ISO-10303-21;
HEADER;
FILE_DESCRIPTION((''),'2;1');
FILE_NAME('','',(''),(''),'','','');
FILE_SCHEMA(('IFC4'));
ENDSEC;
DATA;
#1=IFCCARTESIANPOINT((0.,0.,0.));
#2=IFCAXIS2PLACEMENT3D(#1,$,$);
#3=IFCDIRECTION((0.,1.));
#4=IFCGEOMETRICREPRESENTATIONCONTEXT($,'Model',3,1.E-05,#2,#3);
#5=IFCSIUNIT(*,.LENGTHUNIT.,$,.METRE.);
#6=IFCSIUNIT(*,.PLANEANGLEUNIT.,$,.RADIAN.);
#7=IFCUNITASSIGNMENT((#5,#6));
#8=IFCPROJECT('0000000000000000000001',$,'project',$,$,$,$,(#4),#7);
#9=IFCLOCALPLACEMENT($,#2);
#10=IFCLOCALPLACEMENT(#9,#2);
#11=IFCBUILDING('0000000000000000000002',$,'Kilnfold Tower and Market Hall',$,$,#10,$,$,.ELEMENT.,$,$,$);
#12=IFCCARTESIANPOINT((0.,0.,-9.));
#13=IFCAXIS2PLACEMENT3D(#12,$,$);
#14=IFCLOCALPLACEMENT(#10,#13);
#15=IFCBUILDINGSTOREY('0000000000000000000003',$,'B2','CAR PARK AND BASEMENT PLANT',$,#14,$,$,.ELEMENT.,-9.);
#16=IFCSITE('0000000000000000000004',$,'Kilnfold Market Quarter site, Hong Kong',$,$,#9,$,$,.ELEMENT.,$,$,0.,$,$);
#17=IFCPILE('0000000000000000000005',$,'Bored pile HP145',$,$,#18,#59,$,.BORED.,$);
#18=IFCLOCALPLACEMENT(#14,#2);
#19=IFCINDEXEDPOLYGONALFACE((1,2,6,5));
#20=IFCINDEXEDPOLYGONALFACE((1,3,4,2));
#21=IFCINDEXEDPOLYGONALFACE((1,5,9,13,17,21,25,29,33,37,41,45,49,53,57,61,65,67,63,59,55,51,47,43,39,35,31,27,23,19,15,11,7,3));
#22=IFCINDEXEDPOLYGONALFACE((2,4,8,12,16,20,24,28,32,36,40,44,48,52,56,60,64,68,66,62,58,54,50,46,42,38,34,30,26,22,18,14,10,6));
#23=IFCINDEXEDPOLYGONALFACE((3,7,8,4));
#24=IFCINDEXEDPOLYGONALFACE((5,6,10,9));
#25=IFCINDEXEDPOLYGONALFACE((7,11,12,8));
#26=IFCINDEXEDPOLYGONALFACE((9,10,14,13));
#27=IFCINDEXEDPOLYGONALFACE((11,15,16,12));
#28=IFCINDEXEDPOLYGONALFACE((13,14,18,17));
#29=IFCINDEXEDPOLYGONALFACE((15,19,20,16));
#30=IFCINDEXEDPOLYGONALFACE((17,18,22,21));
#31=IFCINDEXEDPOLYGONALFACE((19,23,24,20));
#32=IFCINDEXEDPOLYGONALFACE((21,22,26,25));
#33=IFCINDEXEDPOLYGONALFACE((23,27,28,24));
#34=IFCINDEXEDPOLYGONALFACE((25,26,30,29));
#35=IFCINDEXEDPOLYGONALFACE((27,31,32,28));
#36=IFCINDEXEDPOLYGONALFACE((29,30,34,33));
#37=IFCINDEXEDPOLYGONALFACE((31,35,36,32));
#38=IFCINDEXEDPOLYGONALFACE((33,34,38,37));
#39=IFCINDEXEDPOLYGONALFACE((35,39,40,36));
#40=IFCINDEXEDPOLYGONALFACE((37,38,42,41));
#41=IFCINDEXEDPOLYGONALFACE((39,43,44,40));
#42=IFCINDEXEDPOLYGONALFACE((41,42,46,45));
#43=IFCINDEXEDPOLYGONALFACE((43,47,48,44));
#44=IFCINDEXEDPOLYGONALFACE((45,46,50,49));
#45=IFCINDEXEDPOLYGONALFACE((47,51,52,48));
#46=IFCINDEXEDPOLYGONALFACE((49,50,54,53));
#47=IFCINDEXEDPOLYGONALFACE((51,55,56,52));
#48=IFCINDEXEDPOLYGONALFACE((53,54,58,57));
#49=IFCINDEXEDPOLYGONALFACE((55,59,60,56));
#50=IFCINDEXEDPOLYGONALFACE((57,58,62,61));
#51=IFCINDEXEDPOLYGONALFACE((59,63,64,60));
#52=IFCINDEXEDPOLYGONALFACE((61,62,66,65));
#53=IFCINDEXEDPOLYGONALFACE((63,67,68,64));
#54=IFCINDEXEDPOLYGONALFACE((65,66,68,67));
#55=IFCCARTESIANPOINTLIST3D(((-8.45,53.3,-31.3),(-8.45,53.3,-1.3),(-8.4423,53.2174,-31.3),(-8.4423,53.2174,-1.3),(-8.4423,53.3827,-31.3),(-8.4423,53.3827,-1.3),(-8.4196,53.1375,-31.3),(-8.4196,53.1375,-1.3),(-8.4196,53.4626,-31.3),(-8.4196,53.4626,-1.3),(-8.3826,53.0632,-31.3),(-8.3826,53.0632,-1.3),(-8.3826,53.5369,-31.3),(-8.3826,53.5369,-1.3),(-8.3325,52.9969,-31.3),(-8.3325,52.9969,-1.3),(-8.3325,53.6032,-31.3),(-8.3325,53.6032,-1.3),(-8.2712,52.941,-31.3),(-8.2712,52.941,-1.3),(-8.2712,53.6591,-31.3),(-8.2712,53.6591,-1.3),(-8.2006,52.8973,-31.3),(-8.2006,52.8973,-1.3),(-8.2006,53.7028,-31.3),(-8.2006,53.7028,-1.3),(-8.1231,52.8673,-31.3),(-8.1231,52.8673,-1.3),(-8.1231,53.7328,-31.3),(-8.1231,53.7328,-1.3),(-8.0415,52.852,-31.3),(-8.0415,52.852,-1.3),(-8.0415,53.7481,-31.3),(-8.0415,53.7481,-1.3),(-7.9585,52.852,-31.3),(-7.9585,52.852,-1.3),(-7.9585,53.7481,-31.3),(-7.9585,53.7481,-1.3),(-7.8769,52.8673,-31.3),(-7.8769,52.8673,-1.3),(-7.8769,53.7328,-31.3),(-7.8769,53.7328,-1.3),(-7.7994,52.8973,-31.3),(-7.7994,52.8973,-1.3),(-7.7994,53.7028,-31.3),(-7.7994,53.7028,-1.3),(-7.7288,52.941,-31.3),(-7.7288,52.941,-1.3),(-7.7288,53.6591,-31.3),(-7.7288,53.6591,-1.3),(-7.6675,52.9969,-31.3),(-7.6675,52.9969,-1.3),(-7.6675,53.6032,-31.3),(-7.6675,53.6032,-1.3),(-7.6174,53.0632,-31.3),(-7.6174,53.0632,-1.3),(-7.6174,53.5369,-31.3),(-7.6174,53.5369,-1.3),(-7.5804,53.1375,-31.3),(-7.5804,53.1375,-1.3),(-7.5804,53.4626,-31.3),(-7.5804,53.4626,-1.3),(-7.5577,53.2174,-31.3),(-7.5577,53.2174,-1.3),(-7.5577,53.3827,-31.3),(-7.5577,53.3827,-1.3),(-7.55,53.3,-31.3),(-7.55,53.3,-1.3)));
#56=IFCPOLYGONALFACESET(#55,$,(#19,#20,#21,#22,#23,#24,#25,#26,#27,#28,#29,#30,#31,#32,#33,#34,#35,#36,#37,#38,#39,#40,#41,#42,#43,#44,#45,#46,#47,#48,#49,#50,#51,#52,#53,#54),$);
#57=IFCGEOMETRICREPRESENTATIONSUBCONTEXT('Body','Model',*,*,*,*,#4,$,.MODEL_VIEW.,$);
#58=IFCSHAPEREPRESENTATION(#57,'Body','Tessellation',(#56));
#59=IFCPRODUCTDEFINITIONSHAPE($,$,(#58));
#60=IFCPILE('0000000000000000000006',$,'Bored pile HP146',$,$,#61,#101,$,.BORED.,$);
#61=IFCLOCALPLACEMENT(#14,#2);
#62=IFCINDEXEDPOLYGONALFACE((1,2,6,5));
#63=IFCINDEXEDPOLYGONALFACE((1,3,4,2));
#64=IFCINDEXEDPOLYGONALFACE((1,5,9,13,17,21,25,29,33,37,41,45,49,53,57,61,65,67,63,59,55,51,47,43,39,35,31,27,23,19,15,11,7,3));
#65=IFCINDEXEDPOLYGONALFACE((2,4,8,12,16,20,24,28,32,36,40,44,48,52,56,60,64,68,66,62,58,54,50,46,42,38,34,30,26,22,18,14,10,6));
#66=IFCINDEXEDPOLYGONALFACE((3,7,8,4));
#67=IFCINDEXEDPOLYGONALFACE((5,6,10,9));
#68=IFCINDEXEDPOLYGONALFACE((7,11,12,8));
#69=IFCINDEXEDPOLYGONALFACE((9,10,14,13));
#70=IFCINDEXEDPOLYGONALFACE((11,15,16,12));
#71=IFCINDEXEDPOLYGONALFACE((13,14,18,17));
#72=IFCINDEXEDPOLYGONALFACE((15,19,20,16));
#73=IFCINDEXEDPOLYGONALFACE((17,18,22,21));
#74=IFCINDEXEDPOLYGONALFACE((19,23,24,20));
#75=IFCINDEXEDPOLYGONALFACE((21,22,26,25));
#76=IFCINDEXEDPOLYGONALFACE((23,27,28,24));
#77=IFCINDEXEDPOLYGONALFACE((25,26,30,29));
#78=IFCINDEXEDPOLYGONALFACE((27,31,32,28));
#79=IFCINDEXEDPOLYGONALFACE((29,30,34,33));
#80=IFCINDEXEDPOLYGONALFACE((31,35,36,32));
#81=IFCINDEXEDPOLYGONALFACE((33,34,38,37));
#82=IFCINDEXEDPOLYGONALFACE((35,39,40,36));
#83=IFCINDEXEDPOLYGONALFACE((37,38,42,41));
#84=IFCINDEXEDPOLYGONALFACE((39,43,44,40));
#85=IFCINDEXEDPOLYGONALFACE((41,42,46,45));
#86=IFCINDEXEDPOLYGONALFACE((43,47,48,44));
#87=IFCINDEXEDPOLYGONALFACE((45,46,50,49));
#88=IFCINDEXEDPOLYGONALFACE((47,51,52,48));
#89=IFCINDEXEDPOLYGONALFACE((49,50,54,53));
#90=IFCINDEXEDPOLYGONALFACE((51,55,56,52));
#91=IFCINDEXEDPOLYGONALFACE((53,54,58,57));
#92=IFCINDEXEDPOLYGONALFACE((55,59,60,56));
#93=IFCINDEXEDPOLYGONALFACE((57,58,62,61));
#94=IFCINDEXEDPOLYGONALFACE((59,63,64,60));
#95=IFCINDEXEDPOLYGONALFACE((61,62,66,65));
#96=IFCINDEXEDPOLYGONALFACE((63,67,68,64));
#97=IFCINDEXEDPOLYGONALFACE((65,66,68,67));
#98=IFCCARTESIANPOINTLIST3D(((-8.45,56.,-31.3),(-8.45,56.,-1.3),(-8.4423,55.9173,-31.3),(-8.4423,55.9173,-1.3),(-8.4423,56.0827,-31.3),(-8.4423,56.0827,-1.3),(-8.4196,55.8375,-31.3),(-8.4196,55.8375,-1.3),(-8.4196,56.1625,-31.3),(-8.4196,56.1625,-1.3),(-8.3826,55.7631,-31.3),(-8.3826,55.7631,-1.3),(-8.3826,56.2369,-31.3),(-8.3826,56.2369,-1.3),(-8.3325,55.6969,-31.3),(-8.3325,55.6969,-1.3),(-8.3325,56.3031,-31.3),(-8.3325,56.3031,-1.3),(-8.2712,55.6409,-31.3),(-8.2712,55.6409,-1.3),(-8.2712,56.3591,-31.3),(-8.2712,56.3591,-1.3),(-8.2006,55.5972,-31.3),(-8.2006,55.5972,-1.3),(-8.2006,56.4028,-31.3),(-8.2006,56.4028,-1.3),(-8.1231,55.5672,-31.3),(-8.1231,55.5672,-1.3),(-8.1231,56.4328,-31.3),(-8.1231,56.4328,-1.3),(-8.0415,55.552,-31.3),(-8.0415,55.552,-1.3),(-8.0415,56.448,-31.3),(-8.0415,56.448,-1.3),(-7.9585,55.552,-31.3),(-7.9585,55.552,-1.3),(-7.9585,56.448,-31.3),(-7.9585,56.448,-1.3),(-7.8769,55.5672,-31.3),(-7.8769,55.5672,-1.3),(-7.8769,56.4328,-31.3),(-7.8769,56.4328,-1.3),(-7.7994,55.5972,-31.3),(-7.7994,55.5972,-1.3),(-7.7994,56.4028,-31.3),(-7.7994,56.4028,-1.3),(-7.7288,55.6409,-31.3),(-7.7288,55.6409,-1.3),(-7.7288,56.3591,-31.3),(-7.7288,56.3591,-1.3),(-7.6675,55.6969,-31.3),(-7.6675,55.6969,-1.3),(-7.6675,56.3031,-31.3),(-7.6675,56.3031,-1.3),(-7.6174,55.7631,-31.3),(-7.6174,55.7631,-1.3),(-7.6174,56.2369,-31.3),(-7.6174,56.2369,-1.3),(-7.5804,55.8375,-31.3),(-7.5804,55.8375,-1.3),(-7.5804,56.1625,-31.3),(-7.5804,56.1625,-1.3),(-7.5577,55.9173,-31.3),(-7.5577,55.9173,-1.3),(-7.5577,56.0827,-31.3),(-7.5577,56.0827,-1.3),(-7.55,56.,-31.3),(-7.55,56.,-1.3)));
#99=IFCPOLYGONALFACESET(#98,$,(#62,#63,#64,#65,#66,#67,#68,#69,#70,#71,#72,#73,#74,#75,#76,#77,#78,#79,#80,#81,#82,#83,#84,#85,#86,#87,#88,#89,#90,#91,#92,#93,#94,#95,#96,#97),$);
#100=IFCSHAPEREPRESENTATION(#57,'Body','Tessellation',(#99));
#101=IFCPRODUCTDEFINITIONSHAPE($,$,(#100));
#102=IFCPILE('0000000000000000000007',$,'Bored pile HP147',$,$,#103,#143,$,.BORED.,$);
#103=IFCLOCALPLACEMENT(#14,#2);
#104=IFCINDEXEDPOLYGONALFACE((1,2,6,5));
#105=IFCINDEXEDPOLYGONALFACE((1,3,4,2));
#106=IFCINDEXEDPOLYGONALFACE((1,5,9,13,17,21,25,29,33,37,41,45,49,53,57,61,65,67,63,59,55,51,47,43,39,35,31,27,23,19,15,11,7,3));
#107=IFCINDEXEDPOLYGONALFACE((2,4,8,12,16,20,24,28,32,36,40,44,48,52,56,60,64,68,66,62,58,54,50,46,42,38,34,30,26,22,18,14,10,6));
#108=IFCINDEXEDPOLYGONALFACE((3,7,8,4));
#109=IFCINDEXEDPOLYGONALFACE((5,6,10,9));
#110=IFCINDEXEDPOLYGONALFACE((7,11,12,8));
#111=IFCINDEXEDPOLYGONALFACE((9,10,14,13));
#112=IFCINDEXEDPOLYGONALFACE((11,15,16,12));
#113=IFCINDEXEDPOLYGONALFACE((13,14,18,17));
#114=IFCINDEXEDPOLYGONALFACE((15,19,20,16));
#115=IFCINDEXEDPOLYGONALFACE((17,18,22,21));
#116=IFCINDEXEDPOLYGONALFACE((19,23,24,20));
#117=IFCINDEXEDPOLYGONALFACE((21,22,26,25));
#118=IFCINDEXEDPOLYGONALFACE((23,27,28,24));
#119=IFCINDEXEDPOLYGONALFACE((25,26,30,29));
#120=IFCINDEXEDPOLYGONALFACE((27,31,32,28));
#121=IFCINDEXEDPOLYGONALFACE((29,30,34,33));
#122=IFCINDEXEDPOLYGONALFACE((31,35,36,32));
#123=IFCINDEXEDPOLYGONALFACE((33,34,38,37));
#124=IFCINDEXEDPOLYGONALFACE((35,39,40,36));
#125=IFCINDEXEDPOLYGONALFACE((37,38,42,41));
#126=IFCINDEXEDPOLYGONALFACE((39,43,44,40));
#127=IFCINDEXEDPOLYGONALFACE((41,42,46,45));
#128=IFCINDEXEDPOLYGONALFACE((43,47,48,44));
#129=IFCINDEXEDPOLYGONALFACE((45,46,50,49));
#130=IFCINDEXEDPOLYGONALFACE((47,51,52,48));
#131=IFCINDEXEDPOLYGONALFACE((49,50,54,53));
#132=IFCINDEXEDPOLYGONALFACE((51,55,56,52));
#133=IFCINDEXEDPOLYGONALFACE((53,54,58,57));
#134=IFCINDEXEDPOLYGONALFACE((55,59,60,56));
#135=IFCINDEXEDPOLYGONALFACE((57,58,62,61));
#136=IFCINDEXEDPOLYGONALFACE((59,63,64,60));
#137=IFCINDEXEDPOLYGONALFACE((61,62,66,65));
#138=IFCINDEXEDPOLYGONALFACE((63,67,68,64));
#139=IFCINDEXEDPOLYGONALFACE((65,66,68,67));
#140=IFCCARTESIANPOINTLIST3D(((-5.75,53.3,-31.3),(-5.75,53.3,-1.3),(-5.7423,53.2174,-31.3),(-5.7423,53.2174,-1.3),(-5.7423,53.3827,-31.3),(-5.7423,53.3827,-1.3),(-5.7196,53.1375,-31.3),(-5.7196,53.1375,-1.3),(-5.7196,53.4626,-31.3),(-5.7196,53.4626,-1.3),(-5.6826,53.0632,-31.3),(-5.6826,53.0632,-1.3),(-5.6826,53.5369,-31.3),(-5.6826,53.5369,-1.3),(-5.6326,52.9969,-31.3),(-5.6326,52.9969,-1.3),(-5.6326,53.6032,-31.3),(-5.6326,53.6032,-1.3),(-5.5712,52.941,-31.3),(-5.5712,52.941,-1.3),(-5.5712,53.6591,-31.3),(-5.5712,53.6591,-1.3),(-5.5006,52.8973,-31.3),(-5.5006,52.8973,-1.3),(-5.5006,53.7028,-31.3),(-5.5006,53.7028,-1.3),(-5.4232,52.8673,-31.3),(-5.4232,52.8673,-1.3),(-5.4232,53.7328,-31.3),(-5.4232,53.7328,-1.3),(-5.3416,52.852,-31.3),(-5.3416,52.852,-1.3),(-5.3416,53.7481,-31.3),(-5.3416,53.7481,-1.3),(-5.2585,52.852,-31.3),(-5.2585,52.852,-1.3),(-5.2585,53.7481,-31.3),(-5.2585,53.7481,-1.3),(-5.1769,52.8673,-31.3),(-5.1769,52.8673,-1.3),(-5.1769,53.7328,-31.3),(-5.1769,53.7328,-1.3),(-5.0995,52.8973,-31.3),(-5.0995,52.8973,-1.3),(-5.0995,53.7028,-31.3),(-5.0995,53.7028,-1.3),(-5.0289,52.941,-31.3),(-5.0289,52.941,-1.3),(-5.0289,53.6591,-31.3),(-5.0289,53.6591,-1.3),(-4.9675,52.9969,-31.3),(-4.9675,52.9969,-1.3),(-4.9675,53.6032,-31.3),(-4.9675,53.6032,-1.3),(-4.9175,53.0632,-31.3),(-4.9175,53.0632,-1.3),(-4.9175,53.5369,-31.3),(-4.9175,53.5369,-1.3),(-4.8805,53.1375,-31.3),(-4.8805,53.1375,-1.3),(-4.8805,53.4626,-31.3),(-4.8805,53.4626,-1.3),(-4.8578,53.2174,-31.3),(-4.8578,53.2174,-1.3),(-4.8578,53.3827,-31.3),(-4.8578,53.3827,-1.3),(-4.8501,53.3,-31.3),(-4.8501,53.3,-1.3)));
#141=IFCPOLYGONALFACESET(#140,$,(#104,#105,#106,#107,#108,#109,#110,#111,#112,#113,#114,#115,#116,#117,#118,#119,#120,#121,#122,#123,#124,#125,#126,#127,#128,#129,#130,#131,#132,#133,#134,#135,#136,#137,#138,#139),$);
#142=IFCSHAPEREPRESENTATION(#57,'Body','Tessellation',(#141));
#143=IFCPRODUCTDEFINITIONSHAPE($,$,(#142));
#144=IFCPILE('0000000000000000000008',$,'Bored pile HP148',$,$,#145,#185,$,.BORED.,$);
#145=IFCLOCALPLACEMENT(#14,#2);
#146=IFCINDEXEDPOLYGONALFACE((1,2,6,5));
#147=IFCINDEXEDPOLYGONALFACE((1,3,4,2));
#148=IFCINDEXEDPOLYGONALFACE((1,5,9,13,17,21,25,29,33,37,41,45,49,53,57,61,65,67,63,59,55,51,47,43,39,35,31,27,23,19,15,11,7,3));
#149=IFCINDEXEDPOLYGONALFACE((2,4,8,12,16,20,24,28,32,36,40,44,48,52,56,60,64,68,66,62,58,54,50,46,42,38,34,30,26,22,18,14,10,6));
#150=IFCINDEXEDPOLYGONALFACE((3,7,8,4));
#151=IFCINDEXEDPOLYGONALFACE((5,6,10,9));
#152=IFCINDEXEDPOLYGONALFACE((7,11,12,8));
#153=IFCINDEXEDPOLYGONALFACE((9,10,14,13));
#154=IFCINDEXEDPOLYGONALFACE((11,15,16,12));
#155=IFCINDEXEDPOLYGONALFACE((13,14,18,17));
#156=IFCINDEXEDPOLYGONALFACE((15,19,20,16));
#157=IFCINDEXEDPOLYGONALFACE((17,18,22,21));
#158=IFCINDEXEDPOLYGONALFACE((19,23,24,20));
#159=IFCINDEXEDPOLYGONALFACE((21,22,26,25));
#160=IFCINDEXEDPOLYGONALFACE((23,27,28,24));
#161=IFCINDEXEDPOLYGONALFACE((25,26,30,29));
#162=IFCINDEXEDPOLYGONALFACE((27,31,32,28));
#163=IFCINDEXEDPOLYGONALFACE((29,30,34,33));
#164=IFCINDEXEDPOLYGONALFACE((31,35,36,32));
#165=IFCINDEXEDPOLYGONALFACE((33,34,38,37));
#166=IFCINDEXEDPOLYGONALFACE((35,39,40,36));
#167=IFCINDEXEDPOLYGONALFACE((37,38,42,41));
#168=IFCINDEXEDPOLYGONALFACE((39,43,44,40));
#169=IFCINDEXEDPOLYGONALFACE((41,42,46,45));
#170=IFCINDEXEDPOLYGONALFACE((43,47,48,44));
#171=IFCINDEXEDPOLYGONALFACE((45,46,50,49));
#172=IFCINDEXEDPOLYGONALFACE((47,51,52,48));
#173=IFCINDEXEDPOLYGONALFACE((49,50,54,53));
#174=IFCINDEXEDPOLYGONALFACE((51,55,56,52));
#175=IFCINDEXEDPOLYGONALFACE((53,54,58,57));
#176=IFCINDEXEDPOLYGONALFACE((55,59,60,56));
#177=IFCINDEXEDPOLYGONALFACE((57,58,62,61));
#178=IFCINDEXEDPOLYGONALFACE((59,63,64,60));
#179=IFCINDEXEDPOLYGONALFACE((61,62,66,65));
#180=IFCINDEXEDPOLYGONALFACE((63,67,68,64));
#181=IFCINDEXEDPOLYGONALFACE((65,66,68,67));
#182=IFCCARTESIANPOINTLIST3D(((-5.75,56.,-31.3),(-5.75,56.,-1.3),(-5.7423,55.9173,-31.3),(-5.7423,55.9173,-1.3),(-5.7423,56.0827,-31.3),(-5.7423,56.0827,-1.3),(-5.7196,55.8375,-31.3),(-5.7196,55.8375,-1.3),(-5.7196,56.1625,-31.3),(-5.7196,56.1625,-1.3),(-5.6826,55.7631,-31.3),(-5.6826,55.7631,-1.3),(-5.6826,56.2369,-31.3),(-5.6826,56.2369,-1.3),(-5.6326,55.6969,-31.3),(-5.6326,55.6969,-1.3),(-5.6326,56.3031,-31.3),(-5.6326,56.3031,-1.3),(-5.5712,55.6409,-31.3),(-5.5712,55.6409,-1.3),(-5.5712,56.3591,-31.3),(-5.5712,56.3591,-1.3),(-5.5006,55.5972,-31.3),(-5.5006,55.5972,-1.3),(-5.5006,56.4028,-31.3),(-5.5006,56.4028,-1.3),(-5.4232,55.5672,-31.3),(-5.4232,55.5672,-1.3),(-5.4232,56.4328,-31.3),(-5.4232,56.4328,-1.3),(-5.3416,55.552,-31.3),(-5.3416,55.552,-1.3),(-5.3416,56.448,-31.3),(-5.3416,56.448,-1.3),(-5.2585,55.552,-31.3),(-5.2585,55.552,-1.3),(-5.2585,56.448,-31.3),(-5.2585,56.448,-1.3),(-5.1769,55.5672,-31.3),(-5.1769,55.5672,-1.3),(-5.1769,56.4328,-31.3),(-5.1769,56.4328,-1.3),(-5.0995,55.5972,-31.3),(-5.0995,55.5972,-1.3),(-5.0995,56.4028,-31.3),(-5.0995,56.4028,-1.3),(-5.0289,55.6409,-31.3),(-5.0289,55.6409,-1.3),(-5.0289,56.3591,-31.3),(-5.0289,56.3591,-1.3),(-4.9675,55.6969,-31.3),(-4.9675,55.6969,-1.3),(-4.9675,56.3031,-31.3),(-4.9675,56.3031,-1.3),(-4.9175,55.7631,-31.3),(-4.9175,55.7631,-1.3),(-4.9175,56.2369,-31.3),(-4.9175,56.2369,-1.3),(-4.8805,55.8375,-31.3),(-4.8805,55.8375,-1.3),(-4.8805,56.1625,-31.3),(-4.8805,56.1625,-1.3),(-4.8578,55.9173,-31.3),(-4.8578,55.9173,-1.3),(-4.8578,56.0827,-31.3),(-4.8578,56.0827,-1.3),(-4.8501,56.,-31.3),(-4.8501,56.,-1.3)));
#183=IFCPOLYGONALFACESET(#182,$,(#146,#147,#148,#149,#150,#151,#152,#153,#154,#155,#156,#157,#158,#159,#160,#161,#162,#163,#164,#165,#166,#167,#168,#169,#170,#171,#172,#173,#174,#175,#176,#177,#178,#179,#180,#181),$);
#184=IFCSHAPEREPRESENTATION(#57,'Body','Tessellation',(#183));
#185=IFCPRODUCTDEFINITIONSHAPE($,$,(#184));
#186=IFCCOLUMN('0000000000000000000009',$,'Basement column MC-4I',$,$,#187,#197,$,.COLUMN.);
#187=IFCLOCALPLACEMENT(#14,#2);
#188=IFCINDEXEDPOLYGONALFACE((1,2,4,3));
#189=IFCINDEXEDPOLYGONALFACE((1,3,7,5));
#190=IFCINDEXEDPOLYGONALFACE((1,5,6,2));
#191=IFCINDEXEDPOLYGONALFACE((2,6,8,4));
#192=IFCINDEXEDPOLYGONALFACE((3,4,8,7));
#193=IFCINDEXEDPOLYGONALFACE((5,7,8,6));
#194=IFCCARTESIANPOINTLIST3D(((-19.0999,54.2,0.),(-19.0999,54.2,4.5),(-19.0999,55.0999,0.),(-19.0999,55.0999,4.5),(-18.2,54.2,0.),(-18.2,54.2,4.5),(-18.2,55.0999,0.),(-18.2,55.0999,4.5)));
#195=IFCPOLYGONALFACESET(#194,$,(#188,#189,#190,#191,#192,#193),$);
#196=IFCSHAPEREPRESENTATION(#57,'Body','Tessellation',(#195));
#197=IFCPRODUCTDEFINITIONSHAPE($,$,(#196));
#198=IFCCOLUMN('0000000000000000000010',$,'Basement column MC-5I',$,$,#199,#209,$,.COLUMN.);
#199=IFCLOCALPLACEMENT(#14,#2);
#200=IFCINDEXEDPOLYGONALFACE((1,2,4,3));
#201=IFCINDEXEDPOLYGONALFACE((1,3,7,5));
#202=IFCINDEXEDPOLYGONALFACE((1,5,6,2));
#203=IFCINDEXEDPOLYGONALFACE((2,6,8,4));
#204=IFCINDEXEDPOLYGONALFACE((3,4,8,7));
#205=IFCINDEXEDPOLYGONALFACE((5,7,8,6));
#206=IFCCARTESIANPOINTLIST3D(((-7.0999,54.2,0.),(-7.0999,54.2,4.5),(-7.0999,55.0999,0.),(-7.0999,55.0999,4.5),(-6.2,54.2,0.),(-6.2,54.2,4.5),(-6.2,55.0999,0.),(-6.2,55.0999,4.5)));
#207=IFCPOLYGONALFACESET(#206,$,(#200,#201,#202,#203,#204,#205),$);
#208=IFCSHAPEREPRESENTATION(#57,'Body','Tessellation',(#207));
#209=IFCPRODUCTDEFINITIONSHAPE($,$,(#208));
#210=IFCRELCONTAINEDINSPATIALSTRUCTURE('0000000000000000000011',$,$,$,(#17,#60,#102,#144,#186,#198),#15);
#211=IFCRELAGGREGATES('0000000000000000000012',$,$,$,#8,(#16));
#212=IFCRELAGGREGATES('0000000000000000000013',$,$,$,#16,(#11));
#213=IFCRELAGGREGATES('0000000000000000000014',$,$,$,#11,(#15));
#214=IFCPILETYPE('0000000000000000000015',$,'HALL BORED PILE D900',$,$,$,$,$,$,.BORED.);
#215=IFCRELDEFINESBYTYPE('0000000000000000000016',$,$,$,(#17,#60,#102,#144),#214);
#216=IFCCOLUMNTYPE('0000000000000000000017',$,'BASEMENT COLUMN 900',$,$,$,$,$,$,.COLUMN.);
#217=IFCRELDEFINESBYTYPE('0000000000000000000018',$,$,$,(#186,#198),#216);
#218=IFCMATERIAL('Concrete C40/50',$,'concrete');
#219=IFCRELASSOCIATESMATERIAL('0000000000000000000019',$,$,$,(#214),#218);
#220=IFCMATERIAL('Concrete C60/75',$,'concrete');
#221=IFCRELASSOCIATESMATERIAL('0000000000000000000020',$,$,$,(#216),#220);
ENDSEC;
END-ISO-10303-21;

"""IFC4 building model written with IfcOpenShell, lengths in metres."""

from ifc_helpers import new_model, si_unit, direction, frame, origin, origin_2d, place, context, subcontext, project, spatial, rectangle, circle, extrude, source, transform, mapped, material, material_profile, profile_set, type_object, element, save


model = new_model("IFC4")

# Units and contexts
model_context = context("Model", 3, precision=1e-05, world=origin(), true_north=direction((0.0, 1.0)))
body_context = subcontext(model_context, "Body", "Model", "MODEL_VIEW")
ifc_project = project(units=[si_unit("LENGTHUNIT", "METRE"), si_unit("PLANEANGLEUNIT", "RADIAN")], contexts=[model_context])

# Site, building, storey
site_placement = place(None, origin())
site = spatial("IfcSite", under=ifc_project, at=site_placement, Name="Kilnfold Market Quarter site, Hong Kong", CompositionType="ELEMENT", RefElevation=0.0)
building_placement = place(site_placement, origin())
building = spatial("IfcBuilding", under=site, at=building_placement, Name="Kilnfold Tower and Market Hall", CompositionType="ELEMENT")
storey_placement = place(building_placement, frame((0.0, 0.0, -9.0)))
storey = spatial("IfcBuildingStorey", under=building, at=storey_placement, Name="B2", Description="CAR PARK AND BASEMENT PLANT", CompositionType="ELEMENT", Elevation=-9.0)

# Piles
ifc_material_1 = material(Name="Concrete C40/50", Category="concrete")
ifc_material_profile_1 = material_profile(ifc_material_1, circle(Radius=0.45, at=origin_2d()), Name="D900")
ifc_profile_set_1 = profile_set([ifc_material_profile_1], Name="Concrete C40/50")
pile_type = type_object("IfcPileType", Name="HALL BORED PILE D900", PredefinedType="BORED", material=ifc_profile_set_1)
shared_shape_1 = source(origin(), body_context, "Body", "SweptSolid", [
    extrude(circle(Radius=0.45, at=origin_2d()), origin(), (0.0, 0.0, 1.0), 30.0),
])
for number, where, z_axis, x_axis, name in (
    (1, (-8.0, 53.3, -1.3), (0.0, 0.0, -1.0), (1.0, 0.0, 0.0), "Bored pile HP145"),
    (2, (-8.0, 56.0, -1.3), (0.0, 0.0, -1.0), (1.0, 0.0, 0.0), "Bored pile HP146"),
    (3, (-5.3, 53.3, -1.3), (0.0, 0.0, -1.0), (1.0, 0.0, 0.0), "Bored pile HP147"),
    (4, (-5.3, 56.0, -1.3), (0.0, 0.0, -1.0), (1.0, 0.0, 0.0), "Bored pile HP148"),
):
    element("IfcPile", number, at=place(storey_placement, frame(where, z_axis=z_axis, x_axis=x_axis)), inside=storey, type_object=pile_type, Name=name, PredefinedType="BORED", context=body_context, shape_type="MappedRepresentation", body=[
        mapped(shared_shape_1, transform((0.0, 0.0, 0.0))),
    ])

# Columns
ifc_material_2 = material(Name="Concrete C60/75", Category="concrete")
ifc_material_profile_2 = material_profile(ifc_material_2, rectangle(XDim=0.8999, YDim=0.8999, at=origin_2d()), Name="RC 900x900")
ifc_profile_set_2 = profile_set([ifc_material_profile_2], Name="Concrete C60/75")
column_type = type_object("IfcColumnType", Name="BASEMENT COLUMN 900", PredefinedType="COLUMN", material=ifc_profile_set_2)
shared_shape_2 = source(origin(), body_context, "Body", "SweptSolid", [
    extrude(rectangle(XDim=0.8999, YDim=0.8999, at=origin_2d()), origin(), (0.0, 0.0, 1.0), 4.5),
])
for number, where, z_axis, x_axis, name in (
    (5, (-18.6499, 54.6499, 0.0), (0.0, 0.0, 1.0), (1.0, 0.0, 0.0), "Basement column MC-4I"),
    (6, (-6.6499, 54.6499, 0.0), (0.0, 0.0, 1.0), (1.0, 0.0, 0.0), "Basement column MC-5I"),
):
    element("IfcColumn", number, at=place(storey_placement, frame(where, z_axis=z_axis, x_axis=x_axis)), inside=storey, type_object=column_type, Name=name, PredefinedType="COLUMN", context=body_context, shape_type="MappedRepresentation", body=[
        mapped(shared_shape_2, transform((0.0, 0.0, 0.0))),
    ])

save(model, "model.ifc")
